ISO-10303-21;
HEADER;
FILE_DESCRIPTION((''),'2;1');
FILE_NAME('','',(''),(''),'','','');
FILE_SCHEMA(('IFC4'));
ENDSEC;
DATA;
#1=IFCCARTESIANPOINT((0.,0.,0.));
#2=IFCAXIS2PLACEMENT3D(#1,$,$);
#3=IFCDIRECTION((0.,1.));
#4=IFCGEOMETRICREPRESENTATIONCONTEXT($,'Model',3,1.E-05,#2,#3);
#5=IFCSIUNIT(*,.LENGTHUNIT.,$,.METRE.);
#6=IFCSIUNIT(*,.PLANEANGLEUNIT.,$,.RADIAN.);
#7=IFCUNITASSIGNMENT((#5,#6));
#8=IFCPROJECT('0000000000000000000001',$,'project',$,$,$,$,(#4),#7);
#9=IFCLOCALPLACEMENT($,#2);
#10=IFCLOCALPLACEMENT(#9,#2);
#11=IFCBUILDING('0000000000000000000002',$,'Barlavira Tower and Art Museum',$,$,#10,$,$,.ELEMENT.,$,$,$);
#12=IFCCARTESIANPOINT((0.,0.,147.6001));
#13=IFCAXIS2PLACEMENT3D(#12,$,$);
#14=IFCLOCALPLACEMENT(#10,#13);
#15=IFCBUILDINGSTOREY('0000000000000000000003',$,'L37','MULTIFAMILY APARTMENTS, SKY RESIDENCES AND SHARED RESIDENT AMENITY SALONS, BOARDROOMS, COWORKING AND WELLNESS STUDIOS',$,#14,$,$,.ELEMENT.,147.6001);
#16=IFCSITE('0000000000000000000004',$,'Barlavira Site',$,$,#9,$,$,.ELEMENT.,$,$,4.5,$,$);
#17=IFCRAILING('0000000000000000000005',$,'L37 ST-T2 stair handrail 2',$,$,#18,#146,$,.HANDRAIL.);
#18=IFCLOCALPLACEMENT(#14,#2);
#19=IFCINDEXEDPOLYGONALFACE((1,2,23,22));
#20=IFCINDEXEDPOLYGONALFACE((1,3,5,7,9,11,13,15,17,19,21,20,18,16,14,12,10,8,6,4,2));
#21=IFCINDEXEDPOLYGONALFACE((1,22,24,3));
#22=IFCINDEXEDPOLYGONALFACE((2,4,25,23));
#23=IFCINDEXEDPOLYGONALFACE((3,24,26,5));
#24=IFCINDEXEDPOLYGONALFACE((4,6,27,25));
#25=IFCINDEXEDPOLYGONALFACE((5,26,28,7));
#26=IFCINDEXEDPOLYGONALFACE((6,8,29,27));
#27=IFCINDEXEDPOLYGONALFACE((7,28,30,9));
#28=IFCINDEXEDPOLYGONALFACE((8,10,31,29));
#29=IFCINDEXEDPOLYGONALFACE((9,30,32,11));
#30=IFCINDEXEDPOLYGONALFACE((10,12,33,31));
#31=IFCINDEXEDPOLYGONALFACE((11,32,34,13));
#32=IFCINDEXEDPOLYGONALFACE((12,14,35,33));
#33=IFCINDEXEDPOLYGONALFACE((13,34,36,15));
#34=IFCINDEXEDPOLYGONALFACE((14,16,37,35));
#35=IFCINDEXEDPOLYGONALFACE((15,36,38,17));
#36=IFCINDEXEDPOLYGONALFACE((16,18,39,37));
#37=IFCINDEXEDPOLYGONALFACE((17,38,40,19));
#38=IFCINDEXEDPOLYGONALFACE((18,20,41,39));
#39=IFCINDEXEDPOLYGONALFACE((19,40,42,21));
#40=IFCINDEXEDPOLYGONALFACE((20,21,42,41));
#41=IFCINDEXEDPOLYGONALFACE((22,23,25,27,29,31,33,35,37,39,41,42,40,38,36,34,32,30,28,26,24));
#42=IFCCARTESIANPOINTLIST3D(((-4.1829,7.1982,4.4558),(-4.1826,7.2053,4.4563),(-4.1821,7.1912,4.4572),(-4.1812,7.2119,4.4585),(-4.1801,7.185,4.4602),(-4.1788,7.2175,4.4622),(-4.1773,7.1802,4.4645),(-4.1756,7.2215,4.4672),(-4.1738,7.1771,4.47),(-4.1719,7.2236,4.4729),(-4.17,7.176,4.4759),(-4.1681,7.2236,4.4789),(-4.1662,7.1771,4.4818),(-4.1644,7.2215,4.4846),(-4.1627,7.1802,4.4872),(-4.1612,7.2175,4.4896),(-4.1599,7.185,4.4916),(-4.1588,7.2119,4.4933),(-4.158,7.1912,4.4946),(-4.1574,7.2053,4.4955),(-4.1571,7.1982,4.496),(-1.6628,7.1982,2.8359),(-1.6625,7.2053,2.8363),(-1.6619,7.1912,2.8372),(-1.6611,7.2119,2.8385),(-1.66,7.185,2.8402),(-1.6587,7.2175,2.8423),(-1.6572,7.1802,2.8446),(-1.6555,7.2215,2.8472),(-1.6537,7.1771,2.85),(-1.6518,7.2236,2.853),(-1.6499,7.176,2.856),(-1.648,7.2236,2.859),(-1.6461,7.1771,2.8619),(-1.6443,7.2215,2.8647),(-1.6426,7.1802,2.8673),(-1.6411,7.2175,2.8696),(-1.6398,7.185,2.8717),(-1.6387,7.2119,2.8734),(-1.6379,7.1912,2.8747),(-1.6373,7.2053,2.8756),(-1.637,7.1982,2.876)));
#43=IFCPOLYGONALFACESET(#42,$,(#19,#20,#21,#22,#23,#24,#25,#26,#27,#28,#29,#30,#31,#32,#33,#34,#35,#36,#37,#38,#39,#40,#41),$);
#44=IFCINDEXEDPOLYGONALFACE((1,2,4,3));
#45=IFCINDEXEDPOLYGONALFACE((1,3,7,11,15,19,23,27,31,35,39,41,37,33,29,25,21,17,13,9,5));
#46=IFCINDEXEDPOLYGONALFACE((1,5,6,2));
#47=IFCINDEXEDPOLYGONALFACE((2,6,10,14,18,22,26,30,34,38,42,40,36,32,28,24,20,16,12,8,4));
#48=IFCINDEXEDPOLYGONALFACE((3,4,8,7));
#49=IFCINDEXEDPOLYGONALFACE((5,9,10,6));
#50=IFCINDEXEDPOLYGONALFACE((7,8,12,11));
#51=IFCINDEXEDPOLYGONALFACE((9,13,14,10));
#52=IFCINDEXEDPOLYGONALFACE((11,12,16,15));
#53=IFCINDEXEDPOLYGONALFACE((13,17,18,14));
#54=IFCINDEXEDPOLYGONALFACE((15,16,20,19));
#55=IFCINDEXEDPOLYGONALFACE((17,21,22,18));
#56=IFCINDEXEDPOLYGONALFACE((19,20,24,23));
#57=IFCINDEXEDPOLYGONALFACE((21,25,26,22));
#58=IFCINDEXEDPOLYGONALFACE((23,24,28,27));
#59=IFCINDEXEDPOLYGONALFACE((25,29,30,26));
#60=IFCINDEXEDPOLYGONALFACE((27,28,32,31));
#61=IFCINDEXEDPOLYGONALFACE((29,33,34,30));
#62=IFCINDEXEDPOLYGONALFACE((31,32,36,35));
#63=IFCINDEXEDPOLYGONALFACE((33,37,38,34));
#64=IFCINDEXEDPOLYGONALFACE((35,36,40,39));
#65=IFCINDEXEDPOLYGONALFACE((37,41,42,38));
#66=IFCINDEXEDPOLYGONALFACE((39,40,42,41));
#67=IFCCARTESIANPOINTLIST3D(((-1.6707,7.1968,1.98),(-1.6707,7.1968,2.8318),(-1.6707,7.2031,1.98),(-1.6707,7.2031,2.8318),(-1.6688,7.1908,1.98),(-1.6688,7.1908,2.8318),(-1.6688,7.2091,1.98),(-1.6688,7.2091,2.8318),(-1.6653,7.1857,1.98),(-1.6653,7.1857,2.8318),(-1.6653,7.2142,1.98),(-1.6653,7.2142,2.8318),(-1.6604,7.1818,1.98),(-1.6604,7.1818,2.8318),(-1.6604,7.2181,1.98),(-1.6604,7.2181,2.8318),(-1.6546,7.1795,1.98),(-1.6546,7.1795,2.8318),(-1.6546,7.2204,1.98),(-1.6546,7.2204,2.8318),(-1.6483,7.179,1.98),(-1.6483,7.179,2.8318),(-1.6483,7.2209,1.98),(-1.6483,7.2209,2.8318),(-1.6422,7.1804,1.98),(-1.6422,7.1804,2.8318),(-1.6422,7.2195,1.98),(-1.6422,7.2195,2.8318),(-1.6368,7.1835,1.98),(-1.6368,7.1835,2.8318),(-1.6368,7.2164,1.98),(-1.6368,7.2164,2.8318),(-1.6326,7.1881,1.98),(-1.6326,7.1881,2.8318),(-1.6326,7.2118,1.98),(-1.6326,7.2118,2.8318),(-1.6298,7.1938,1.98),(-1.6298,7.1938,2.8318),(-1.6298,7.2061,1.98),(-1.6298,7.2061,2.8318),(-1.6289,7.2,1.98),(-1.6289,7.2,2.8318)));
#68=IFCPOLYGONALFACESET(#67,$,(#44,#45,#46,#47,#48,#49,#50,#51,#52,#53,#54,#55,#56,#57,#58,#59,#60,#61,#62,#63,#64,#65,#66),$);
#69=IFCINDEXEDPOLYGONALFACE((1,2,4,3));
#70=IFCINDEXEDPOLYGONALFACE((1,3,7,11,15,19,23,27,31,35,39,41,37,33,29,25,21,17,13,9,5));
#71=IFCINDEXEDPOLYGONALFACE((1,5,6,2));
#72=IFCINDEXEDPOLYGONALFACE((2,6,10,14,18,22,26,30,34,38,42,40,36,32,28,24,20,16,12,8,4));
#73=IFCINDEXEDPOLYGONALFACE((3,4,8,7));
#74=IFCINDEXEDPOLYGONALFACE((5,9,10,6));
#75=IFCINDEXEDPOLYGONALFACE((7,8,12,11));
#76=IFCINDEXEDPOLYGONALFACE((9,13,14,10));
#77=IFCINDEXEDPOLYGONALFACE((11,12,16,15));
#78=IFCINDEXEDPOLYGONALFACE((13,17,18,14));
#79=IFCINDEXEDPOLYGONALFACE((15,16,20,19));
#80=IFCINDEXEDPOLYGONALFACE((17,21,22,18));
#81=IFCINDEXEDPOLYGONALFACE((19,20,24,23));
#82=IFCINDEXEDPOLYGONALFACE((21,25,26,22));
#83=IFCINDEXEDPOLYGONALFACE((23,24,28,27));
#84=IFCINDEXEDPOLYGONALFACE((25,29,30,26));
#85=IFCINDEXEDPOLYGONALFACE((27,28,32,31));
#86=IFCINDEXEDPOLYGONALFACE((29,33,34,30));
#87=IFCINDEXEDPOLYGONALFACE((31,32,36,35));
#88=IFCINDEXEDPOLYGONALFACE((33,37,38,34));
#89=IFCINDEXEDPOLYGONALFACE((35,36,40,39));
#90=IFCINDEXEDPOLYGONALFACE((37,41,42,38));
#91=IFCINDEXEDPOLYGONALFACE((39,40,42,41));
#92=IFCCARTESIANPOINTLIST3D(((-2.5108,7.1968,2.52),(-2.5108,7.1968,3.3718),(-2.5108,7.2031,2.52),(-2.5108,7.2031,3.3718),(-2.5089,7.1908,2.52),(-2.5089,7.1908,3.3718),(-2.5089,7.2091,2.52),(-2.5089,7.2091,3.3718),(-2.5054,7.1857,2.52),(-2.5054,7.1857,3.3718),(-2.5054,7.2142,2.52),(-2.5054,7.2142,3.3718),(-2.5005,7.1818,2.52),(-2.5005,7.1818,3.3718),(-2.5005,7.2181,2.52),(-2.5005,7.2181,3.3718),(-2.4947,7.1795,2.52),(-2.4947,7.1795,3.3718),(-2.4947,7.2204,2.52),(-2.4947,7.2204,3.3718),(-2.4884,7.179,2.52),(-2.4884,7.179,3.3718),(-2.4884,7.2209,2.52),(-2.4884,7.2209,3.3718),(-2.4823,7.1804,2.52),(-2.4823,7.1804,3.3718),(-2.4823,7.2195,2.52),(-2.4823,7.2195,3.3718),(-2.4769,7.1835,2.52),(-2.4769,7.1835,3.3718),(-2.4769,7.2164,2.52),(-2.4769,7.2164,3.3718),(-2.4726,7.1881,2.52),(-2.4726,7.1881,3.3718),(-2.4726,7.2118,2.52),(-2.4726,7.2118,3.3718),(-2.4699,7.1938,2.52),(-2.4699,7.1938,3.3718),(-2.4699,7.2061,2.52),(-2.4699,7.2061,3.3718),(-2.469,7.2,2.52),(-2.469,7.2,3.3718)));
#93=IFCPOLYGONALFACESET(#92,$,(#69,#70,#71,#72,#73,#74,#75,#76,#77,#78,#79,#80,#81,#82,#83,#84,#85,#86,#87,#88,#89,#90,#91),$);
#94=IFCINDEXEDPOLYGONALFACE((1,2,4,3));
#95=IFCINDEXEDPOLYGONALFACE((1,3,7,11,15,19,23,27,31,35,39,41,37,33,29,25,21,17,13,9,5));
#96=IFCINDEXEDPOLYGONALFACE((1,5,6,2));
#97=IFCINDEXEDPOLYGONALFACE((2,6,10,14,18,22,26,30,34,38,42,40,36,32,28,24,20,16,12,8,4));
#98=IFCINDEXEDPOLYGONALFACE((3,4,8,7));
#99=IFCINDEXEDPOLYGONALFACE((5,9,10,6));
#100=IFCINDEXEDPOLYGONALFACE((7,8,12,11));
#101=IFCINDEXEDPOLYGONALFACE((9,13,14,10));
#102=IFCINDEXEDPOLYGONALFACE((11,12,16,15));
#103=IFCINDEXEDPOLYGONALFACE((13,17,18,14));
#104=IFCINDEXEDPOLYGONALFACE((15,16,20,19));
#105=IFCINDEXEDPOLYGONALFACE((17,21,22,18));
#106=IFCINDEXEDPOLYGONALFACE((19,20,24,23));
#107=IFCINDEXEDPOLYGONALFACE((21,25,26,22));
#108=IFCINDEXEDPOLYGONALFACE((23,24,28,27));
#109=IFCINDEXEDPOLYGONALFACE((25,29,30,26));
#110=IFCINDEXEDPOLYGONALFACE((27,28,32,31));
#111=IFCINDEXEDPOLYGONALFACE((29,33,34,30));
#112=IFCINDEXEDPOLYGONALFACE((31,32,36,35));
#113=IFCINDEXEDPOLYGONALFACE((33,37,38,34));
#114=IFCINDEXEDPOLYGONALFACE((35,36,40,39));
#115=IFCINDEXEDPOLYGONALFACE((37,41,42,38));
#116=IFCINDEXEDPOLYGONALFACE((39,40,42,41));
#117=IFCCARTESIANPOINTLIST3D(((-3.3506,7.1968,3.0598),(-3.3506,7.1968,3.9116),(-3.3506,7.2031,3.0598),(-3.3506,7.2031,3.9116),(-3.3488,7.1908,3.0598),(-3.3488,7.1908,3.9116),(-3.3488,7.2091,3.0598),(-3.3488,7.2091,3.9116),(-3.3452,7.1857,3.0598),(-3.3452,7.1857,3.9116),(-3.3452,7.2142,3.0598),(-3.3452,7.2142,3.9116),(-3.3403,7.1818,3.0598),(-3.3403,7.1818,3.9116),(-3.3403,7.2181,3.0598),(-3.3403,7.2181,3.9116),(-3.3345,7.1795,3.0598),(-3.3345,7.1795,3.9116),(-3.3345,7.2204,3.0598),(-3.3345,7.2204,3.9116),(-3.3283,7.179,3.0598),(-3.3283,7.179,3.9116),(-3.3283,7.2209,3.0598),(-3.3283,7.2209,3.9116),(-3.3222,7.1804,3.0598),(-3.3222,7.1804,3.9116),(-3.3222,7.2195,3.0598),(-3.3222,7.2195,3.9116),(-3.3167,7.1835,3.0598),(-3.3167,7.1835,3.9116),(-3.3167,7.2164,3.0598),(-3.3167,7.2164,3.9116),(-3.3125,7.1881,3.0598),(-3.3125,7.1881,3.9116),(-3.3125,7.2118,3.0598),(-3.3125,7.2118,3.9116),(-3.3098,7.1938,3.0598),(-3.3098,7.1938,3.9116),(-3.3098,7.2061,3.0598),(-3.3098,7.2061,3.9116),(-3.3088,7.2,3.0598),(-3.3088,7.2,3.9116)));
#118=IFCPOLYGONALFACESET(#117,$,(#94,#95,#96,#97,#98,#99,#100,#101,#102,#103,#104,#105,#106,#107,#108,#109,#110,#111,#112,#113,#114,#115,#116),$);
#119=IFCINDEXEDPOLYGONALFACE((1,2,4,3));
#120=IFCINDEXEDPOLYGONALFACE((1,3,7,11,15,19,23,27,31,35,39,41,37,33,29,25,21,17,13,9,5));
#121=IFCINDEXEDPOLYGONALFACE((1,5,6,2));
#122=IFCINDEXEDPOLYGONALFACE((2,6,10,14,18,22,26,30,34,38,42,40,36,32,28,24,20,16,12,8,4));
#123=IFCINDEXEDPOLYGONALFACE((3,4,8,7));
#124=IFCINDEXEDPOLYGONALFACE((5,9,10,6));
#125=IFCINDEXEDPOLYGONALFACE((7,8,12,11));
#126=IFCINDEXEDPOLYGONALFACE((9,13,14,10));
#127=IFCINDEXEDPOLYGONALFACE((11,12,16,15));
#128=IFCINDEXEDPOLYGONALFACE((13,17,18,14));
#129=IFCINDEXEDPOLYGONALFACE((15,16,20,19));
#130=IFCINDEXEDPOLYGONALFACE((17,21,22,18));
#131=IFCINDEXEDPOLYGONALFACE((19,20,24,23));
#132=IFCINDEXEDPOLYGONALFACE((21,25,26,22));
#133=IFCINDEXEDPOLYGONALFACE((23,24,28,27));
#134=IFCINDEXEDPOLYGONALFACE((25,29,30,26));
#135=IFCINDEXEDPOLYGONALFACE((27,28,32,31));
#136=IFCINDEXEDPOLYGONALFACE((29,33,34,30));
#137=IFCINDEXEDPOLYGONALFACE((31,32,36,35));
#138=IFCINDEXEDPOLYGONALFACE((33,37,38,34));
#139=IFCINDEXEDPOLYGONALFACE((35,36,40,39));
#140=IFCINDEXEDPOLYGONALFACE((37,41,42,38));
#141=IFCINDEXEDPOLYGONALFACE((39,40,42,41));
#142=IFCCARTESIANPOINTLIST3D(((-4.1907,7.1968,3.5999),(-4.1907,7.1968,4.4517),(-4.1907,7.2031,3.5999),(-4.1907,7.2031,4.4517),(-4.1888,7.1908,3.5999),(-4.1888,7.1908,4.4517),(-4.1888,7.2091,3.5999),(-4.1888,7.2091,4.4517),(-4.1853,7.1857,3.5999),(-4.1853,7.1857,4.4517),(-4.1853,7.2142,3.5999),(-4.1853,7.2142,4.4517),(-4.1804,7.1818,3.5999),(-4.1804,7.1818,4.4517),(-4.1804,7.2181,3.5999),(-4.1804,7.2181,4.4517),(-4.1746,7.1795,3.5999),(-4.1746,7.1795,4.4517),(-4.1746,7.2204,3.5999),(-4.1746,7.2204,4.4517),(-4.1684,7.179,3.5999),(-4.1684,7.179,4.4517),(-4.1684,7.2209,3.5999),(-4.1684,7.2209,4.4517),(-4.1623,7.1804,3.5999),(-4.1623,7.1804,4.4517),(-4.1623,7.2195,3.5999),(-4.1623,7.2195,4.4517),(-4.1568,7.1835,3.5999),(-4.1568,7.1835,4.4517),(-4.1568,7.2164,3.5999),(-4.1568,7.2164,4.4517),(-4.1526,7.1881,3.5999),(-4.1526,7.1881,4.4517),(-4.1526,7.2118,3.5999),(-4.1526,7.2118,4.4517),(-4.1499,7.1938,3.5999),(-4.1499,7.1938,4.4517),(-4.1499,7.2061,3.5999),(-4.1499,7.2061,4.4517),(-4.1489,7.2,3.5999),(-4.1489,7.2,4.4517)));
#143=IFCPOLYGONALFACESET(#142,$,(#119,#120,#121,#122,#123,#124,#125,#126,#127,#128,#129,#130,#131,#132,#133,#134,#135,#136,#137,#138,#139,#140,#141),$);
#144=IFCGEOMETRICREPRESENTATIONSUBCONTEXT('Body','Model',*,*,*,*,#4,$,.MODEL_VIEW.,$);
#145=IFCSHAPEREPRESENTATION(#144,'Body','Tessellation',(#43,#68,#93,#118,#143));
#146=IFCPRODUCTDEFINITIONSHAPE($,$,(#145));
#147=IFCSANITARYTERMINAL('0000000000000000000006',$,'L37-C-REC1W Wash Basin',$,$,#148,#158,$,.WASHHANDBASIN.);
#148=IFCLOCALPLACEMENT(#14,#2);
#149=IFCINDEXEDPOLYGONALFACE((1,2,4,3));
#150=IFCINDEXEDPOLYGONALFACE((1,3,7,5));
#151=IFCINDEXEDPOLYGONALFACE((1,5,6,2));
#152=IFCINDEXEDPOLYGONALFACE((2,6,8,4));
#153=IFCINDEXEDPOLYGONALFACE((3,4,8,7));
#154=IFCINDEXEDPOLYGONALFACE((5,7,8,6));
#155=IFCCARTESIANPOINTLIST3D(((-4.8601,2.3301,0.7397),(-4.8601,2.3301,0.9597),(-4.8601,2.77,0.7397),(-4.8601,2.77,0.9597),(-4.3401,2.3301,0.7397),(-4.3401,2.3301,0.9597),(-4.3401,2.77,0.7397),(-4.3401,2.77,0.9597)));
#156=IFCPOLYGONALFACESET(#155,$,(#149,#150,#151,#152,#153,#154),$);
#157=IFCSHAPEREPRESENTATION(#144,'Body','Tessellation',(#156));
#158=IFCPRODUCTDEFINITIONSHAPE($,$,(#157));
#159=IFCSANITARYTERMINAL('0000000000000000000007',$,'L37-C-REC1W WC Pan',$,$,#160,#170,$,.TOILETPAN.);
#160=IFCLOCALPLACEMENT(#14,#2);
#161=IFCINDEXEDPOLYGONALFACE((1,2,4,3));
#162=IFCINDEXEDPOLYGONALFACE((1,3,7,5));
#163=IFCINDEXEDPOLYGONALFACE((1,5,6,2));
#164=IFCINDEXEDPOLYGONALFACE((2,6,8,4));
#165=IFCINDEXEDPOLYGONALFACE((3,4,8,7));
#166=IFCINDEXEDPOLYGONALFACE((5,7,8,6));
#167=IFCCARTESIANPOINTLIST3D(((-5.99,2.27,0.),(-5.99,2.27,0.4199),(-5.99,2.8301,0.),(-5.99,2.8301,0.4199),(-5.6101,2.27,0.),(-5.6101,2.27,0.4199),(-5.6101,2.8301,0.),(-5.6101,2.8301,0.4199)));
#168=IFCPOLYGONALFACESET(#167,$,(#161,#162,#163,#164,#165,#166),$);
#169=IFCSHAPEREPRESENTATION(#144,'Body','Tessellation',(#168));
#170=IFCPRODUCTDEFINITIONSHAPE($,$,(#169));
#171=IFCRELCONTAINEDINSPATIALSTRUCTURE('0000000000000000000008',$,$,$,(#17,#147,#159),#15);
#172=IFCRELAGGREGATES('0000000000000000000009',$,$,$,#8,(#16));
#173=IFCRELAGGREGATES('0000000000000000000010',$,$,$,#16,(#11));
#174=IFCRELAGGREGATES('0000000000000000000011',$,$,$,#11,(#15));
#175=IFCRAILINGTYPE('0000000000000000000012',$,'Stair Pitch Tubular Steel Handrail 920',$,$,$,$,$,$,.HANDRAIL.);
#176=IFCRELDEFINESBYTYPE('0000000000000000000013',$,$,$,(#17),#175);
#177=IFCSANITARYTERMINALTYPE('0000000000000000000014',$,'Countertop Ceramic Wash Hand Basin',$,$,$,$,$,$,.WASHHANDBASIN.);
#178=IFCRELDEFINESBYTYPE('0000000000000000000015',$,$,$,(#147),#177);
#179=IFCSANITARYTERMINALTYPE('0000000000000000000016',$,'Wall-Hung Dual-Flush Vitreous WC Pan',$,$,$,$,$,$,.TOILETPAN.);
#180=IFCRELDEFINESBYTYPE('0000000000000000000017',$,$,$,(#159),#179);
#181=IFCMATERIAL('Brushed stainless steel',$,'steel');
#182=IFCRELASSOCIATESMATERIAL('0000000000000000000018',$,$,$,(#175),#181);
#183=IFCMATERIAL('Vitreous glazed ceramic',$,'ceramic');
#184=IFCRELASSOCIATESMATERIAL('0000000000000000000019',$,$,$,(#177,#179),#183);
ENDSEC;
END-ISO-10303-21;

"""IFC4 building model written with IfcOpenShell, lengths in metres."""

from ifc_helpers import new_model, si_unit, direction, frame, origin, origin_2d, place, context, subcontext, project, spatial, rectangle, circle, extrude, material, type_object, element, save


model = new_model("IFC4")

# Units and contexts
model_context = context("Model", 3, precision=1e-05, world=origin(), true_north=direction((0.0, 1.0)))
body_context = subcontext(model_context, "Body", "Model", "MODEL_VIEW")
ifc_project = project(units=[si_unit("LENGTHUNIT", "METRE"), si_unit("PLANEANGLEUNIT", "RADIAN")], contexts=[model_context])

# Site, building, storey
site_placement = place(None, origin())
site = spatial("IfcSite", under=ifc_project, at=site_placement, Name="Barlavira Site", CompositionType="ELEMENT", RefElevation=4.5)
building_placement = place(site_placement, origin())
building = spatial("IfcBuilding", under=site, at=building_placement, Name="Barlavira Tower and Art Museum", CompositionType="ELEMENT")
storey_placement = place(building_placement, frame((0.0, 0.0, 147.6001)))
storey = spatial("IfcBuildingStorey", under=building, at=storey_placement, Name="L37", Description="MULTIFAMILY APARTMENTS, SKY RESIDENCES AND SHARED RESIDENT AMENITY SALONS, BOARDROOMS, COWORKING AND WELLNESS STUDIOS", CompositionType="ELEMENT", Elevation=147.6001)

# Shared definitions
ifc_material_1 = material(Name="Brushed stainless steel", Category="steel")

# Railing
railing_type_1 = type_object("IfcRailingType", Name="Stair Pitch Tubular Steel Handrail 920", PredefinedType="HANDRAIL", material=ifc_material_1)
railing_1_placement = place(storey_placement, frame((-1.6499, 7.2, 1.98)))
element("IfcRailing", 1, at=railing_1_placement, inside=storey, type_object=railing_type_1, Name="L37 ST-T2 stair handrail 2", PredefinedType="HANDRAIL", context=body_context, shape_type="SweptSolid", body=[
    extrude(circle(Radius=0.0239, at=origin_2d()), frame((0.0, 0.0, 0.876), z_axis=(-0.8412, 0.0, 0.540725), x_axis=(0.0, -1.0, 0.0)), (0.0, 0.0, 1.0), 2.9958),
    extrude(circle(Radius=0.021, at=origin_2d()), origin(), (0.0, 0.0, 1.0), 0.8518),
    extrude(circle(Radius=0.021, at=origin_2d()), frame((-0.8401, 0.0, 0.54)), (0.0, 0.0, 1.0), 0.8518),
    extrude(circle(Radius=0.021, at=origin_2d()), frame((-1.6799, 0.0, 1.0798)), (0.0, 0.0, 1.0), 0.8518),
    extrude(circle(Radius=0.021, at=origin_2d()), frame((-2.52, 0.0, 1.6199)), (0.0, 0.0, 1.0), 0.8518),
])

# Sanitary terminals
ifc_material_2 = material(Name="Vitreous glazed ceramic", Category="ceramic")
sanitary_terminal_type_1 = type_object("IfcSanitaryTerminalType", Name="Countertop Ceramic Wash Hand Basin", PredefinedType="WASHHANDBASIN", material=ifc_material_2)
sanitary_terminal_1_placement = place(storey_placement, frame((-4.6001, 2.55, 0.7397), z_axis=(0.0, 0.0, 1.0), x_axis=(1.0, 0.0, 0.0)))
element("IfcSanitaryTerminal", 2, at=sanitary_terminal_1_placement, inside=storey, type_object=sanitary_terminal_type_1, Name="L37-C-REC1W Wash Basin", PredefinedType="WASHHANDBASIN", context=body_context, shape_type="SweptSolid", body=[
    extrude(rectangle(XDim=0.52, YDim=0.4399, at=origin_2d()), origin(), (0.0, 0.0, 1.0), 0.22),
])
sanitary_terminal_type_2 = type_object("IfcSanitaryTerminalType", Name="Wall-Hung Dual-Flush Vitreous WC Pan", PredefinedType="TOILETPAN", material=ifc_material_2)
sanitary_terminal_2_placement = place(storey_placement, frame((-5.8, 2.55, 0.0), z_axis=(0.0, 0.0, 1.0), x_axis=(1.0, 0.0, 0.0)))
element("IfcSanitaryTerminal", 3, at=sanitary_terminal_2_placement, inside=storey, type_object=sanitary_terminal_type_2, Name="L37-C-REC1W WC Pan", PredefinedType="TOILETPAN", context=body_context, shape_type="SweptSolid", body=[
    extrude(rectangle(XDim=0.3799, YDim=0.5601, at=origin_2d()), origin(), (0.0, 0.0, 1.0), 0.4199),
])

save(model, "model.ifc")
